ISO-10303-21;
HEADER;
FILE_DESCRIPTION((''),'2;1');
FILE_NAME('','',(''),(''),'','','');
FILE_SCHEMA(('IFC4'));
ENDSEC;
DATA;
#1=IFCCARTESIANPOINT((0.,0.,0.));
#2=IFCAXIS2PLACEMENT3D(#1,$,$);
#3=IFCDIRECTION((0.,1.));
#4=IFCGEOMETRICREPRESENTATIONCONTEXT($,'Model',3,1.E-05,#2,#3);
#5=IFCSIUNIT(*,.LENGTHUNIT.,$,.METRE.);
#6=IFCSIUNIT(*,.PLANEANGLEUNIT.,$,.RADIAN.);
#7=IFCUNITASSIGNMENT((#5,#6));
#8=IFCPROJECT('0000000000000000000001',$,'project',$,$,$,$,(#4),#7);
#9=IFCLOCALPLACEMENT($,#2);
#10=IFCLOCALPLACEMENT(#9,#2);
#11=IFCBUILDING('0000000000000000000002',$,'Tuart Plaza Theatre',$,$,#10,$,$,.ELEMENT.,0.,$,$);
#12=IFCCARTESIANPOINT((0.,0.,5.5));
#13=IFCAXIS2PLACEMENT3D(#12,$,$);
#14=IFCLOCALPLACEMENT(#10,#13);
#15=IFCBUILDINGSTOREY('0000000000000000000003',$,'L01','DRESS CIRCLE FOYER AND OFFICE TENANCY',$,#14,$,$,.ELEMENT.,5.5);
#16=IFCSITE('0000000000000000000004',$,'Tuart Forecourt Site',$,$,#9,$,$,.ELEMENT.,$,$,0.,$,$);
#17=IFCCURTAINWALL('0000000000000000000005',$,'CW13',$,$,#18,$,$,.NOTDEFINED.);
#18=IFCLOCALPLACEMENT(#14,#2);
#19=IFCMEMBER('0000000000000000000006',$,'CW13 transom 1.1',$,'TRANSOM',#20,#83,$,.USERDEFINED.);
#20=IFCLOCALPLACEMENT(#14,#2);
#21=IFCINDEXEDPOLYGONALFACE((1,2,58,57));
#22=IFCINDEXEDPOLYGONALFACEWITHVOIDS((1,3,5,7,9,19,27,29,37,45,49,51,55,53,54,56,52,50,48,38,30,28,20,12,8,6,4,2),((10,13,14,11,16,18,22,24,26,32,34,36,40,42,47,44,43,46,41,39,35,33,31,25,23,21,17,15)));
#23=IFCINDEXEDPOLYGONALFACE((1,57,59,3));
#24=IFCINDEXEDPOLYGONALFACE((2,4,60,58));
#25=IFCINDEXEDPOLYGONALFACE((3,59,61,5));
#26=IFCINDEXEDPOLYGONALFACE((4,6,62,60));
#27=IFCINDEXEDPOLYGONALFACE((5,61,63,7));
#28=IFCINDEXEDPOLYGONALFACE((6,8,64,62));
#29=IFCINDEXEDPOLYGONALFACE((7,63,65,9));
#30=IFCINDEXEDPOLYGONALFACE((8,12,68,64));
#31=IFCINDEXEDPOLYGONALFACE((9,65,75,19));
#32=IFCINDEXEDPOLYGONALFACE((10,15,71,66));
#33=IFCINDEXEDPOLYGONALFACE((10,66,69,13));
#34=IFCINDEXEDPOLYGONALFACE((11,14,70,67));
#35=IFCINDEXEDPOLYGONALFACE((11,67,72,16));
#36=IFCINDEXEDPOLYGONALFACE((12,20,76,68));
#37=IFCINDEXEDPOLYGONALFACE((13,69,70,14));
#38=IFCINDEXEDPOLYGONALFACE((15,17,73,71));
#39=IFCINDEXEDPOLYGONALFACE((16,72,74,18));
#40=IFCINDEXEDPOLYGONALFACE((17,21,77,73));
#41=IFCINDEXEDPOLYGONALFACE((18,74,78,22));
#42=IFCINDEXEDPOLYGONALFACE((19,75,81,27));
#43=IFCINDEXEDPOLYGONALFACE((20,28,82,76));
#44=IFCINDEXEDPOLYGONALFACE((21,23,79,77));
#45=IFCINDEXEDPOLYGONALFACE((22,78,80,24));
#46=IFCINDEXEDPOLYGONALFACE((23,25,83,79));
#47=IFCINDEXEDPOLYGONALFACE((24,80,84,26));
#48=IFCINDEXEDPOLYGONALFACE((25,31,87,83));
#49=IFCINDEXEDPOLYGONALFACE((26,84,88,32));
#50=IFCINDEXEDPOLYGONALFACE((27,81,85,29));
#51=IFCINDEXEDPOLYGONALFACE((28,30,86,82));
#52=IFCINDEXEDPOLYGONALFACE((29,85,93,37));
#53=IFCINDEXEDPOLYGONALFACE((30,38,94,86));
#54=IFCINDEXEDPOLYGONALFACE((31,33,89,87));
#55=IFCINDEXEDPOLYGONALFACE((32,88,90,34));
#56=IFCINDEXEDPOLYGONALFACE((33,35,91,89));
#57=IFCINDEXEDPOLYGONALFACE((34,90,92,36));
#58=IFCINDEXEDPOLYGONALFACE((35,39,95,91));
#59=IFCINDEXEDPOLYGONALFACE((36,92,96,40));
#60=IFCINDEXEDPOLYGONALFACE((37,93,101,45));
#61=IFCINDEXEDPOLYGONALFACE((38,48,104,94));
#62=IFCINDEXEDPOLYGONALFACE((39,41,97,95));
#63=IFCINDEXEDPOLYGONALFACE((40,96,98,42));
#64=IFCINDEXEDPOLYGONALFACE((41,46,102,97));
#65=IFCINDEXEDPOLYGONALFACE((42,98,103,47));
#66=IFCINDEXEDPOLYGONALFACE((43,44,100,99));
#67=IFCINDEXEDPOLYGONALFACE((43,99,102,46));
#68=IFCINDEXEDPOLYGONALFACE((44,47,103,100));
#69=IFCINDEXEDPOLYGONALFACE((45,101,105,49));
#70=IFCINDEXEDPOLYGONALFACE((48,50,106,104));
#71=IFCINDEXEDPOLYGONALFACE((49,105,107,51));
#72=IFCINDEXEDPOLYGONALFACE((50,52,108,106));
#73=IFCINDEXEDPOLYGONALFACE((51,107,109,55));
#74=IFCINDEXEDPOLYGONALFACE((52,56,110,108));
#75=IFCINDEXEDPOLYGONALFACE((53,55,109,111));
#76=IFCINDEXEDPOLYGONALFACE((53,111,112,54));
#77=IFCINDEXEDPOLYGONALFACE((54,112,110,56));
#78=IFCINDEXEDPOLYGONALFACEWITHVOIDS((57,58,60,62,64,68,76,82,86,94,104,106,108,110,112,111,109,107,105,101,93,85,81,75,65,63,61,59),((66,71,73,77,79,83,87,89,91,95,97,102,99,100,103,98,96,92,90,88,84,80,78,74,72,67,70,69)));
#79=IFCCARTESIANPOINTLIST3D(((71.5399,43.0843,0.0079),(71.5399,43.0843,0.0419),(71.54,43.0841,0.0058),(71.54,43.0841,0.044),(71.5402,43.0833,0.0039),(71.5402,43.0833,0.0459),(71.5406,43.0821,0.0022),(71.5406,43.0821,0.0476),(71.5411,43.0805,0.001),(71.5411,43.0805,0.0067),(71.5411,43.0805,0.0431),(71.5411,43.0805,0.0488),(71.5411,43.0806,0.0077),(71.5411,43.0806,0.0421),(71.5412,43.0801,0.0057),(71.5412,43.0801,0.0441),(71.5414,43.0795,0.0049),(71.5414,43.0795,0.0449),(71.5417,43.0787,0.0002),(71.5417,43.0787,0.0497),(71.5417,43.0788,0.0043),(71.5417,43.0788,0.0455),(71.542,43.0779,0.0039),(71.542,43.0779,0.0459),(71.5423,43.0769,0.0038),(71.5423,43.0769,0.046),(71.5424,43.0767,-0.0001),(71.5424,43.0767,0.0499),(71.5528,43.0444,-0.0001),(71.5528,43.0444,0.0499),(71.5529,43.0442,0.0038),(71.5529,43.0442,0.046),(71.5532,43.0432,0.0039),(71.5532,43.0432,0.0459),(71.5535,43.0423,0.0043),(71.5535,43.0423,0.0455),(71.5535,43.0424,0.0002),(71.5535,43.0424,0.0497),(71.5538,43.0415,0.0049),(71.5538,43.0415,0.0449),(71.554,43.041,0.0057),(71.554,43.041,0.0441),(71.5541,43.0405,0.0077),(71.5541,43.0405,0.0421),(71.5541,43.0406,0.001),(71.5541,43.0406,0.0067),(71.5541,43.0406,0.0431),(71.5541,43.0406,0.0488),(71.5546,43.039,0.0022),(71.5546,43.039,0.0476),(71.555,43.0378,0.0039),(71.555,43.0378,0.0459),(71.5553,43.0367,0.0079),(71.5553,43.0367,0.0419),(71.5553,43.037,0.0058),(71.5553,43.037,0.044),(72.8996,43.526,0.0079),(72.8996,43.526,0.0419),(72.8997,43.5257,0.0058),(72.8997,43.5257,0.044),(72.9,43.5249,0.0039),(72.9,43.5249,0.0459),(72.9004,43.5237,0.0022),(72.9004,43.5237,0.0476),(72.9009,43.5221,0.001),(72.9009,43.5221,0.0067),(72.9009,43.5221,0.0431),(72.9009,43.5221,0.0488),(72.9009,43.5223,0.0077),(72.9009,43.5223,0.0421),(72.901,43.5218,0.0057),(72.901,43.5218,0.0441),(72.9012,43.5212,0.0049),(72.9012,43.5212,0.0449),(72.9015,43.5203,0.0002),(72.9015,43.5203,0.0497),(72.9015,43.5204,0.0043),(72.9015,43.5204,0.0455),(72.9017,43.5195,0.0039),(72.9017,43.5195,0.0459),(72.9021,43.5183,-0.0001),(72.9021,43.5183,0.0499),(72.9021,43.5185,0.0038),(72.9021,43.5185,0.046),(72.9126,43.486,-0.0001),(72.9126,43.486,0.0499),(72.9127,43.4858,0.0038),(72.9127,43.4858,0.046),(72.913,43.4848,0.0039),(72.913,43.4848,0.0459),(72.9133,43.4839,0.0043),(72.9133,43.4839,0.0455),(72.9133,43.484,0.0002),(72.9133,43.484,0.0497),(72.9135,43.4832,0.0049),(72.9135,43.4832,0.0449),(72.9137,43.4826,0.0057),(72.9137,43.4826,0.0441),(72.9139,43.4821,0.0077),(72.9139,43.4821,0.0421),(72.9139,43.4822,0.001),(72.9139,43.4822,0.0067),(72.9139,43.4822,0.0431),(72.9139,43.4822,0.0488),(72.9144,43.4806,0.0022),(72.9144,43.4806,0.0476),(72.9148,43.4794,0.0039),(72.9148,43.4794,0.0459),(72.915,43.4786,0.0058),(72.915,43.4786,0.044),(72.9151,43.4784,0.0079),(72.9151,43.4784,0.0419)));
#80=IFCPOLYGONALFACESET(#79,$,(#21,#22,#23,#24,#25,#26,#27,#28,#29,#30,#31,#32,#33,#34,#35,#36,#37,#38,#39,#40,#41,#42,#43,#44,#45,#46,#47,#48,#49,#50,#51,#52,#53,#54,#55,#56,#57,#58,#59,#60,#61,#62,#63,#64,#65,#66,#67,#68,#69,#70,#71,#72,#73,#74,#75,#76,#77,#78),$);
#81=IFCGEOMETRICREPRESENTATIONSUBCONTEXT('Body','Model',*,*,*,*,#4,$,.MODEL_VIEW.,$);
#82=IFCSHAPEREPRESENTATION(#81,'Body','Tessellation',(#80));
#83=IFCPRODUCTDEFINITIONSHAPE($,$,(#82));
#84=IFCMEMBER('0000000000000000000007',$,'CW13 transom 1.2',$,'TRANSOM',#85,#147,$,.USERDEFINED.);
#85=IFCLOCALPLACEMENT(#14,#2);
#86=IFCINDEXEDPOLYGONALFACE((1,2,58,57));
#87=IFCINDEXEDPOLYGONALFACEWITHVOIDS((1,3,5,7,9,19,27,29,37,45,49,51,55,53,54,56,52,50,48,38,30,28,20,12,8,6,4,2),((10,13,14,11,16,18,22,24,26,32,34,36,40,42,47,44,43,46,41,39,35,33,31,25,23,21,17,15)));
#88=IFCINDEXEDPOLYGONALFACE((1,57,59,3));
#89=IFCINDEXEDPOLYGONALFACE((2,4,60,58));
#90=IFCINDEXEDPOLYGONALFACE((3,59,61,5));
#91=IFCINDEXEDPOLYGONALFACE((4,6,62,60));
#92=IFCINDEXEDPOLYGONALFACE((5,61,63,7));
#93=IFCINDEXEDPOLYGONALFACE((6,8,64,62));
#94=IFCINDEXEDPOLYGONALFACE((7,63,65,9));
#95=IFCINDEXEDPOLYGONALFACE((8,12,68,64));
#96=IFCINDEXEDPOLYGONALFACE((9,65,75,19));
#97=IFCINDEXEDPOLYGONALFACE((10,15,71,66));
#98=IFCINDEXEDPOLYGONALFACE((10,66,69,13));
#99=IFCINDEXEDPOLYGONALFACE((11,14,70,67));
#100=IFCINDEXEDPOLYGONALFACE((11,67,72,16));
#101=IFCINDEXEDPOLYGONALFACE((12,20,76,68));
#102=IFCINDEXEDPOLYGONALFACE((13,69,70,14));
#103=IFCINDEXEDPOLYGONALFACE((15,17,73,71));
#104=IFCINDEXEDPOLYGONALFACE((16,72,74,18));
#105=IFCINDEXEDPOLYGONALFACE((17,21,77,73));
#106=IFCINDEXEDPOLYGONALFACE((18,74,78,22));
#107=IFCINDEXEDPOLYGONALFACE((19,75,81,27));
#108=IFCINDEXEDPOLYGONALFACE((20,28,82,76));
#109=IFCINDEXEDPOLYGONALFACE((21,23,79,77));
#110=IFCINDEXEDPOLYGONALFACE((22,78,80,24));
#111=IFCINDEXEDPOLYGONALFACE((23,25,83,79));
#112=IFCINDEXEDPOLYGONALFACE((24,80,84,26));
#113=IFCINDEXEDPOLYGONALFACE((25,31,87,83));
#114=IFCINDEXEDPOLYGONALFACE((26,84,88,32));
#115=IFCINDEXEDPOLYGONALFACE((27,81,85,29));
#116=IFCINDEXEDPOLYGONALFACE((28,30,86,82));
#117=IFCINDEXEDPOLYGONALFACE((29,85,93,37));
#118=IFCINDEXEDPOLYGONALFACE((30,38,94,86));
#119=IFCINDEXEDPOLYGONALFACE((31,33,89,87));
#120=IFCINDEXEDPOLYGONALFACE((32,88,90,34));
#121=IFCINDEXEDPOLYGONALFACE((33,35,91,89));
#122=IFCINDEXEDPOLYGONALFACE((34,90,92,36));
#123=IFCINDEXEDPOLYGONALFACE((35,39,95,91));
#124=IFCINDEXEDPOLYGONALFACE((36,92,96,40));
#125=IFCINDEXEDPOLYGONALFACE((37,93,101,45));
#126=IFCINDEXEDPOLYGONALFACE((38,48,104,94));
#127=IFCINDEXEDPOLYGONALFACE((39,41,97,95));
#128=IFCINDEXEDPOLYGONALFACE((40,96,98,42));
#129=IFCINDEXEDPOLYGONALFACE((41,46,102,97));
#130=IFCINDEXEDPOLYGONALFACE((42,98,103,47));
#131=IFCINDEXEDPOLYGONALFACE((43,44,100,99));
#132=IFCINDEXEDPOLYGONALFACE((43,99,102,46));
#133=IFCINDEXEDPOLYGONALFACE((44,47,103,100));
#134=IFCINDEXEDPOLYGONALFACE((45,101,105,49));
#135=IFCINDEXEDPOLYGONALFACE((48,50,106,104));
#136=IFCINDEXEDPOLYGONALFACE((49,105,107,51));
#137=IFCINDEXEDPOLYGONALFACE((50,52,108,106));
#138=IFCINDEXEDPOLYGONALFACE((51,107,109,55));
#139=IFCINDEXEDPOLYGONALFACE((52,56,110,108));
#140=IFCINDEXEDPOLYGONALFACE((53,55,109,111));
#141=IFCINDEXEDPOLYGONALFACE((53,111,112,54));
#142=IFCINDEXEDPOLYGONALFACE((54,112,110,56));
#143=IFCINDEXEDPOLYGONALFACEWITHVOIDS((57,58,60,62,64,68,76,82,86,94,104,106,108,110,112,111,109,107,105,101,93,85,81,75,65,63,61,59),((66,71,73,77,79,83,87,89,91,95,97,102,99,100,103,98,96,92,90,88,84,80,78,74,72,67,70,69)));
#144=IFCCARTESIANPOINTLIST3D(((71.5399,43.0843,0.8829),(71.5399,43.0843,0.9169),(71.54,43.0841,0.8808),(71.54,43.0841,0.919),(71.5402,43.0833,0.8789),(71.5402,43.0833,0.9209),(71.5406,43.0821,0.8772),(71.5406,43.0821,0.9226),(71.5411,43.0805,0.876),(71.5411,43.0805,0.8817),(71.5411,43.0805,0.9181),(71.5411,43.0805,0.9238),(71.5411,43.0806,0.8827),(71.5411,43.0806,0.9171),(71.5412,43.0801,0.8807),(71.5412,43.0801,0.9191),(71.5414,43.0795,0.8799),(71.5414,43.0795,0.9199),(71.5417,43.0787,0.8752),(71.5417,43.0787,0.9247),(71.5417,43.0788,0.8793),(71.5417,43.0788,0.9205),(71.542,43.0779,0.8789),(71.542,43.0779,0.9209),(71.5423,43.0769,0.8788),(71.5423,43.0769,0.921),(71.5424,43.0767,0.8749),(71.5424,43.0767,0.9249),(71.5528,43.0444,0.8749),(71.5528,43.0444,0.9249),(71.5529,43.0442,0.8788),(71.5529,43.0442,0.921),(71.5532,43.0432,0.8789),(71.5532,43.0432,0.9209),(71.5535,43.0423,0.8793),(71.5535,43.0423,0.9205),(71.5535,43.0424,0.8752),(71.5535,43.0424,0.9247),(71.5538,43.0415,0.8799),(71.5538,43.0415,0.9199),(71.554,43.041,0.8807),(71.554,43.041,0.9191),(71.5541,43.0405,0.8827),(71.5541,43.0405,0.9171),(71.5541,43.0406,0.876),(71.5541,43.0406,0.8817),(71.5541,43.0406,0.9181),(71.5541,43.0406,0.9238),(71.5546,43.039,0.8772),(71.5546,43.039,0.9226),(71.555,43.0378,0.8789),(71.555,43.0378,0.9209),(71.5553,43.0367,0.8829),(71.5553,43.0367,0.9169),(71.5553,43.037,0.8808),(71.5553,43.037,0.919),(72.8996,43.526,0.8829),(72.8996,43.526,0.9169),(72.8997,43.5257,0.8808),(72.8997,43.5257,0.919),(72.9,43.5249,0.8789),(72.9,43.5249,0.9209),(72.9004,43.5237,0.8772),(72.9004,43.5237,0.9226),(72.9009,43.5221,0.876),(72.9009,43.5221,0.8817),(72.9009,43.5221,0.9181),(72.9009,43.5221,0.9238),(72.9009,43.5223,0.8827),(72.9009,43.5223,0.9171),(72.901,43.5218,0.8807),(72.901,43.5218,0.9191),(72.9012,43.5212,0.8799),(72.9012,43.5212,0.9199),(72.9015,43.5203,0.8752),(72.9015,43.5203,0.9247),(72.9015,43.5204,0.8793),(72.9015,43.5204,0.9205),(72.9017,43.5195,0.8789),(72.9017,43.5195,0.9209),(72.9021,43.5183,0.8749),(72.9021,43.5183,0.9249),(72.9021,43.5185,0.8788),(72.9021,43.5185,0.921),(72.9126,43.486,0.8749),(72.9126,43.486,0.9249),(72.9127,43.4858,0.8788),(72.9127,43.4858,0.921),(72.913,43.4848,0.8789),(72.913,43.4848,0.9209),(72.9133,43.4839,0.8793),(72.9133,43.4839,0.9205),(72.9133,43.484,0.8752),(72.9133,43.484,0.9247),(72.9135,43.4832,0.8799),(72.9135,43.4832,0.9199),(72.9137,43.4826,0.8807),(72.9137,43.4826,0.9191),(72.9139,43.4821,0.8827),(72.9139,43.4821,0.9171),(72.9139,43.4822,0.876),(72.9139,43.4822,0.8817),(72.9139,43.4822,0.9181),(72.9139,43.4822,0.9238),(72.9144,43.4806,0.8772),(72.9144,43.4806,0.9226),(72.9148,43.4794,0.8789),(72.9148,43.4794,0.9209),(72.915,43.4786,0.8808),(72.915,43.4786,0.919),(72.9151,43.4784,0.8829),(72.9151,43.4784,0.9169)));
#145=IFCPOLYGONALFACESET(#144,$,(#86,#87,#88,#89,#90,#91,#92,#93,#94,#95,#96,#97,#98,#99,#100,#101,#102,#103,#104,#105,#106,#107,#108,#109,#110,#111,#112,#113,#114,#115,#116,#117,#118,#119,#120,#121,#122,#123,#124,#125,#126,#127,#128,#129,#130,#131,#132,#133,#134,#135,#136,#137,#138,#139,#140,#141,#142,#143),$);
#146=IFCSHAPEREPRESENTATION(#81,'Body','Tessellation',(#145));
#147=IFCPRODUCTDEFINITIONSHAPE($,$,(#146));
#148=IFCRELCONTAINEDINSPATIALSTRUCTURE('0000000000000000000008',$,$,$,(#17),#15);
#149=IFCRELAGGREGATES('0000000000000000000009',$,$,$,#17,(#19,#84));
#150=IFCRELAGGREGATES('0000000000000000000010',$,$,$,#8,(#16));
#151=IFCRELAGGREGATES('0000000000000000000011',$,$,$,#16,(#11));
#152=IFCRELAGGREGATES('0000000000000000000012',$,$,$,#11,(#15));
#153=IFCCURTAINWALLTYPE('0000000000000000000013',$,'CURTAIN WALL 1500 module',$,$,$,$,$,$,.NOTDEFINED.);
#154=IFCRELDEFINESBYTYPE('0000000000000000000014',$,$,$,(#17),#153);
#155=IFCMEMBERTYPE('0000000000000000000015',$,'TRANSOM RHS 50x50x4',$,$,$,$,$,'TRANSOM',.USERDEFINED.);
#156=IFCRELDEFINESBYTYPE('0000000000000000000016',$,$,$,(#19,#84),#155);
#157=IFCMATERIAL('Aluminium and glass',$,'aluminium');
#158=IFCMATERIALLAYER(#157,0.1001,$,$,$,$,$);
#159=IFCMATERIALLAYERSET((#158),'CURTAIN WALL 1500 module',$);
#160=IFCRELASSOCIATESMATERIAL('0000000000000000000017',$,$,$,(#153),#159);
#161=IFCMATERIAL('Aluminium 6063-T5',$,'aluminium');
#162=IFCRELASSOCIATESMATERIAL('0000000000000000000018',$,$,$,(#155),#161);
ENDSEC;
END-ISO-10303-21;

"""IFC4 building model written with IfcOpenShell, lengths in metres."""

from ifc_helpers import new_model, si_unit, direction, frame, origin, origin_2d, place, context, subcontext, project, spatial, hollow_rectangle, extrude, material, layer, layer_set, material_profile, profile_set, type_object, element, aggregate, save


model = new_model("IFC4")

# Units and contexts
model_context = context("Model", 3, precision=1e-05, world=origin(), true_north=direction((0.0, 1.0)))
body_context = subcontext(model_context, "Body", "Model", "MODEL_VIEW")
ifc_project = project(units=[si_unit("LENGTHUNIT", "METRE"), si_unit("PLANEANGLEUNIT", "RADIAN")], contexts=[model_context])

# Site, building, storey
site_placement = place(None, origin())
site = spatial("IfcSite", under=ifc_project, at=site_placement, Name="Tuart Forecourt Site", CompositionType="ELEMENT", RefElevation=0.0)
building_placement = place(site_placement, origin())
building = spatial("IfcBuilding", under=site, at=building_placement, Name="Tuart Plaza Theatre", CompositionType="ELEMENT", ElevationOfRefHeight=0.0)
storey_placement = place(building_placement, frame((0.0, 0.0, 5.5)))
storey = spatial("IfcBuildingStorey", under=building, at=storey_placement, Name="L01", Description="DRESS CIRCLE FOYER AND OFFICE TENANCY", CompositionType="ELEMENT", Elevation=5.5)

# Curtain wall, members
ifc_material_1 = material(Name="Aluminium and glass", Category="aluminium")
ifc_layer_1 = layer(ifc_material_1, 0.1001)
ifc_layer_set_1 = layer_set([ifc_layer_1], Name="CURTAIN WALL 1500 module")
curtain_wall_type = type_object("IfcCurtainWallType", Name="CURTAIN WALL 1500 module", PredefinedType="NOTDEFINED", material=ifc_layer_set_1)
curtain_wall_placement = place(storey_placement, origin())
curtain_wall = element("IfcCurtainWall", 1, at=curtain_wall_placement, inside=storey, type_object=curtain_wall_type, Name="CW13", PredefinedType="NOTDEFINED")
ifc_material_2 = material(Name="Aluminium 6063-T5", Category="aluminium")
ifc_material_profile_1 = material_profile(ifc_material_2, hollow_rectangle(XDim=0.05, YDim=0.05, WallThickness=0.0039, InnerFilletRadius=0.0039, OuterFilletRadius=0.0081, at=origin_2d()), Name="RHS 50x50x4")
ifc_profile_set_1 = profile_set([ifc_material_profile_1], Name="Aluminium 6063-T5")
member_type_1 = type_object("IfcMemberType", Name="TRANSOM RHS 50x50x4", ElementType="TRANSOM", PredefinedType="USERDEFINED", material=ifc_profile_set_1)
member_1_placement = place(storey_placement, frame((71.5476, 43.0605, 0.0249), z_axis=(0.951097, 0.308893, 0.0), x_axis=(-0.308893, 0.951097, 0.0)))
member_1 = element("IfcMember", 2, at=member_1_placement, type_object=member_type_1, Name="CW13 transom 1.1", ObjectType="TRANSOM", PredefinedType="USERDEFINED", context=body_context, shape_type="SweptSolid", body=[
    extrude(hollow_rectangle(XDim=0.05, YDim=0.05, WallThickness=0.0039, InnerFilletRadius=0.0039, OuterFilletRadius=0.0081, at=origin_2d()), origin(), (0.0, 0.0, 1.0), 1.4297),
])
member_2_placement = place(storey_placement, frame((71.5476, 43.0605, 0.8999), z_axis=(0.951097, 0.308893, 0.0), x_axis=(-0.308893, 0.951097, 0.0)))
member_2 = element("IfcMember", 3, at=member_2_placement, type_object=member_type_1, Name="CW13 transom 1.2", ObjectType="TRANSOM", PredefinedType="USERDEFINED", context=body_context, shape_type="SweptSolid", body=[
    extrude(hollow_rectangle(XDim=0.05, YDim=0.05, WallThickness=0.0039, InnerFilletRadius=0.0039, OuterFilletRadius=0.0081, at=origin_2d()), origin(), (0.0, 0.0, 1.0), 1.4297),
])
aggregate(curtain_wall, [member_1, member_2])

save(model, "model.ifc")
